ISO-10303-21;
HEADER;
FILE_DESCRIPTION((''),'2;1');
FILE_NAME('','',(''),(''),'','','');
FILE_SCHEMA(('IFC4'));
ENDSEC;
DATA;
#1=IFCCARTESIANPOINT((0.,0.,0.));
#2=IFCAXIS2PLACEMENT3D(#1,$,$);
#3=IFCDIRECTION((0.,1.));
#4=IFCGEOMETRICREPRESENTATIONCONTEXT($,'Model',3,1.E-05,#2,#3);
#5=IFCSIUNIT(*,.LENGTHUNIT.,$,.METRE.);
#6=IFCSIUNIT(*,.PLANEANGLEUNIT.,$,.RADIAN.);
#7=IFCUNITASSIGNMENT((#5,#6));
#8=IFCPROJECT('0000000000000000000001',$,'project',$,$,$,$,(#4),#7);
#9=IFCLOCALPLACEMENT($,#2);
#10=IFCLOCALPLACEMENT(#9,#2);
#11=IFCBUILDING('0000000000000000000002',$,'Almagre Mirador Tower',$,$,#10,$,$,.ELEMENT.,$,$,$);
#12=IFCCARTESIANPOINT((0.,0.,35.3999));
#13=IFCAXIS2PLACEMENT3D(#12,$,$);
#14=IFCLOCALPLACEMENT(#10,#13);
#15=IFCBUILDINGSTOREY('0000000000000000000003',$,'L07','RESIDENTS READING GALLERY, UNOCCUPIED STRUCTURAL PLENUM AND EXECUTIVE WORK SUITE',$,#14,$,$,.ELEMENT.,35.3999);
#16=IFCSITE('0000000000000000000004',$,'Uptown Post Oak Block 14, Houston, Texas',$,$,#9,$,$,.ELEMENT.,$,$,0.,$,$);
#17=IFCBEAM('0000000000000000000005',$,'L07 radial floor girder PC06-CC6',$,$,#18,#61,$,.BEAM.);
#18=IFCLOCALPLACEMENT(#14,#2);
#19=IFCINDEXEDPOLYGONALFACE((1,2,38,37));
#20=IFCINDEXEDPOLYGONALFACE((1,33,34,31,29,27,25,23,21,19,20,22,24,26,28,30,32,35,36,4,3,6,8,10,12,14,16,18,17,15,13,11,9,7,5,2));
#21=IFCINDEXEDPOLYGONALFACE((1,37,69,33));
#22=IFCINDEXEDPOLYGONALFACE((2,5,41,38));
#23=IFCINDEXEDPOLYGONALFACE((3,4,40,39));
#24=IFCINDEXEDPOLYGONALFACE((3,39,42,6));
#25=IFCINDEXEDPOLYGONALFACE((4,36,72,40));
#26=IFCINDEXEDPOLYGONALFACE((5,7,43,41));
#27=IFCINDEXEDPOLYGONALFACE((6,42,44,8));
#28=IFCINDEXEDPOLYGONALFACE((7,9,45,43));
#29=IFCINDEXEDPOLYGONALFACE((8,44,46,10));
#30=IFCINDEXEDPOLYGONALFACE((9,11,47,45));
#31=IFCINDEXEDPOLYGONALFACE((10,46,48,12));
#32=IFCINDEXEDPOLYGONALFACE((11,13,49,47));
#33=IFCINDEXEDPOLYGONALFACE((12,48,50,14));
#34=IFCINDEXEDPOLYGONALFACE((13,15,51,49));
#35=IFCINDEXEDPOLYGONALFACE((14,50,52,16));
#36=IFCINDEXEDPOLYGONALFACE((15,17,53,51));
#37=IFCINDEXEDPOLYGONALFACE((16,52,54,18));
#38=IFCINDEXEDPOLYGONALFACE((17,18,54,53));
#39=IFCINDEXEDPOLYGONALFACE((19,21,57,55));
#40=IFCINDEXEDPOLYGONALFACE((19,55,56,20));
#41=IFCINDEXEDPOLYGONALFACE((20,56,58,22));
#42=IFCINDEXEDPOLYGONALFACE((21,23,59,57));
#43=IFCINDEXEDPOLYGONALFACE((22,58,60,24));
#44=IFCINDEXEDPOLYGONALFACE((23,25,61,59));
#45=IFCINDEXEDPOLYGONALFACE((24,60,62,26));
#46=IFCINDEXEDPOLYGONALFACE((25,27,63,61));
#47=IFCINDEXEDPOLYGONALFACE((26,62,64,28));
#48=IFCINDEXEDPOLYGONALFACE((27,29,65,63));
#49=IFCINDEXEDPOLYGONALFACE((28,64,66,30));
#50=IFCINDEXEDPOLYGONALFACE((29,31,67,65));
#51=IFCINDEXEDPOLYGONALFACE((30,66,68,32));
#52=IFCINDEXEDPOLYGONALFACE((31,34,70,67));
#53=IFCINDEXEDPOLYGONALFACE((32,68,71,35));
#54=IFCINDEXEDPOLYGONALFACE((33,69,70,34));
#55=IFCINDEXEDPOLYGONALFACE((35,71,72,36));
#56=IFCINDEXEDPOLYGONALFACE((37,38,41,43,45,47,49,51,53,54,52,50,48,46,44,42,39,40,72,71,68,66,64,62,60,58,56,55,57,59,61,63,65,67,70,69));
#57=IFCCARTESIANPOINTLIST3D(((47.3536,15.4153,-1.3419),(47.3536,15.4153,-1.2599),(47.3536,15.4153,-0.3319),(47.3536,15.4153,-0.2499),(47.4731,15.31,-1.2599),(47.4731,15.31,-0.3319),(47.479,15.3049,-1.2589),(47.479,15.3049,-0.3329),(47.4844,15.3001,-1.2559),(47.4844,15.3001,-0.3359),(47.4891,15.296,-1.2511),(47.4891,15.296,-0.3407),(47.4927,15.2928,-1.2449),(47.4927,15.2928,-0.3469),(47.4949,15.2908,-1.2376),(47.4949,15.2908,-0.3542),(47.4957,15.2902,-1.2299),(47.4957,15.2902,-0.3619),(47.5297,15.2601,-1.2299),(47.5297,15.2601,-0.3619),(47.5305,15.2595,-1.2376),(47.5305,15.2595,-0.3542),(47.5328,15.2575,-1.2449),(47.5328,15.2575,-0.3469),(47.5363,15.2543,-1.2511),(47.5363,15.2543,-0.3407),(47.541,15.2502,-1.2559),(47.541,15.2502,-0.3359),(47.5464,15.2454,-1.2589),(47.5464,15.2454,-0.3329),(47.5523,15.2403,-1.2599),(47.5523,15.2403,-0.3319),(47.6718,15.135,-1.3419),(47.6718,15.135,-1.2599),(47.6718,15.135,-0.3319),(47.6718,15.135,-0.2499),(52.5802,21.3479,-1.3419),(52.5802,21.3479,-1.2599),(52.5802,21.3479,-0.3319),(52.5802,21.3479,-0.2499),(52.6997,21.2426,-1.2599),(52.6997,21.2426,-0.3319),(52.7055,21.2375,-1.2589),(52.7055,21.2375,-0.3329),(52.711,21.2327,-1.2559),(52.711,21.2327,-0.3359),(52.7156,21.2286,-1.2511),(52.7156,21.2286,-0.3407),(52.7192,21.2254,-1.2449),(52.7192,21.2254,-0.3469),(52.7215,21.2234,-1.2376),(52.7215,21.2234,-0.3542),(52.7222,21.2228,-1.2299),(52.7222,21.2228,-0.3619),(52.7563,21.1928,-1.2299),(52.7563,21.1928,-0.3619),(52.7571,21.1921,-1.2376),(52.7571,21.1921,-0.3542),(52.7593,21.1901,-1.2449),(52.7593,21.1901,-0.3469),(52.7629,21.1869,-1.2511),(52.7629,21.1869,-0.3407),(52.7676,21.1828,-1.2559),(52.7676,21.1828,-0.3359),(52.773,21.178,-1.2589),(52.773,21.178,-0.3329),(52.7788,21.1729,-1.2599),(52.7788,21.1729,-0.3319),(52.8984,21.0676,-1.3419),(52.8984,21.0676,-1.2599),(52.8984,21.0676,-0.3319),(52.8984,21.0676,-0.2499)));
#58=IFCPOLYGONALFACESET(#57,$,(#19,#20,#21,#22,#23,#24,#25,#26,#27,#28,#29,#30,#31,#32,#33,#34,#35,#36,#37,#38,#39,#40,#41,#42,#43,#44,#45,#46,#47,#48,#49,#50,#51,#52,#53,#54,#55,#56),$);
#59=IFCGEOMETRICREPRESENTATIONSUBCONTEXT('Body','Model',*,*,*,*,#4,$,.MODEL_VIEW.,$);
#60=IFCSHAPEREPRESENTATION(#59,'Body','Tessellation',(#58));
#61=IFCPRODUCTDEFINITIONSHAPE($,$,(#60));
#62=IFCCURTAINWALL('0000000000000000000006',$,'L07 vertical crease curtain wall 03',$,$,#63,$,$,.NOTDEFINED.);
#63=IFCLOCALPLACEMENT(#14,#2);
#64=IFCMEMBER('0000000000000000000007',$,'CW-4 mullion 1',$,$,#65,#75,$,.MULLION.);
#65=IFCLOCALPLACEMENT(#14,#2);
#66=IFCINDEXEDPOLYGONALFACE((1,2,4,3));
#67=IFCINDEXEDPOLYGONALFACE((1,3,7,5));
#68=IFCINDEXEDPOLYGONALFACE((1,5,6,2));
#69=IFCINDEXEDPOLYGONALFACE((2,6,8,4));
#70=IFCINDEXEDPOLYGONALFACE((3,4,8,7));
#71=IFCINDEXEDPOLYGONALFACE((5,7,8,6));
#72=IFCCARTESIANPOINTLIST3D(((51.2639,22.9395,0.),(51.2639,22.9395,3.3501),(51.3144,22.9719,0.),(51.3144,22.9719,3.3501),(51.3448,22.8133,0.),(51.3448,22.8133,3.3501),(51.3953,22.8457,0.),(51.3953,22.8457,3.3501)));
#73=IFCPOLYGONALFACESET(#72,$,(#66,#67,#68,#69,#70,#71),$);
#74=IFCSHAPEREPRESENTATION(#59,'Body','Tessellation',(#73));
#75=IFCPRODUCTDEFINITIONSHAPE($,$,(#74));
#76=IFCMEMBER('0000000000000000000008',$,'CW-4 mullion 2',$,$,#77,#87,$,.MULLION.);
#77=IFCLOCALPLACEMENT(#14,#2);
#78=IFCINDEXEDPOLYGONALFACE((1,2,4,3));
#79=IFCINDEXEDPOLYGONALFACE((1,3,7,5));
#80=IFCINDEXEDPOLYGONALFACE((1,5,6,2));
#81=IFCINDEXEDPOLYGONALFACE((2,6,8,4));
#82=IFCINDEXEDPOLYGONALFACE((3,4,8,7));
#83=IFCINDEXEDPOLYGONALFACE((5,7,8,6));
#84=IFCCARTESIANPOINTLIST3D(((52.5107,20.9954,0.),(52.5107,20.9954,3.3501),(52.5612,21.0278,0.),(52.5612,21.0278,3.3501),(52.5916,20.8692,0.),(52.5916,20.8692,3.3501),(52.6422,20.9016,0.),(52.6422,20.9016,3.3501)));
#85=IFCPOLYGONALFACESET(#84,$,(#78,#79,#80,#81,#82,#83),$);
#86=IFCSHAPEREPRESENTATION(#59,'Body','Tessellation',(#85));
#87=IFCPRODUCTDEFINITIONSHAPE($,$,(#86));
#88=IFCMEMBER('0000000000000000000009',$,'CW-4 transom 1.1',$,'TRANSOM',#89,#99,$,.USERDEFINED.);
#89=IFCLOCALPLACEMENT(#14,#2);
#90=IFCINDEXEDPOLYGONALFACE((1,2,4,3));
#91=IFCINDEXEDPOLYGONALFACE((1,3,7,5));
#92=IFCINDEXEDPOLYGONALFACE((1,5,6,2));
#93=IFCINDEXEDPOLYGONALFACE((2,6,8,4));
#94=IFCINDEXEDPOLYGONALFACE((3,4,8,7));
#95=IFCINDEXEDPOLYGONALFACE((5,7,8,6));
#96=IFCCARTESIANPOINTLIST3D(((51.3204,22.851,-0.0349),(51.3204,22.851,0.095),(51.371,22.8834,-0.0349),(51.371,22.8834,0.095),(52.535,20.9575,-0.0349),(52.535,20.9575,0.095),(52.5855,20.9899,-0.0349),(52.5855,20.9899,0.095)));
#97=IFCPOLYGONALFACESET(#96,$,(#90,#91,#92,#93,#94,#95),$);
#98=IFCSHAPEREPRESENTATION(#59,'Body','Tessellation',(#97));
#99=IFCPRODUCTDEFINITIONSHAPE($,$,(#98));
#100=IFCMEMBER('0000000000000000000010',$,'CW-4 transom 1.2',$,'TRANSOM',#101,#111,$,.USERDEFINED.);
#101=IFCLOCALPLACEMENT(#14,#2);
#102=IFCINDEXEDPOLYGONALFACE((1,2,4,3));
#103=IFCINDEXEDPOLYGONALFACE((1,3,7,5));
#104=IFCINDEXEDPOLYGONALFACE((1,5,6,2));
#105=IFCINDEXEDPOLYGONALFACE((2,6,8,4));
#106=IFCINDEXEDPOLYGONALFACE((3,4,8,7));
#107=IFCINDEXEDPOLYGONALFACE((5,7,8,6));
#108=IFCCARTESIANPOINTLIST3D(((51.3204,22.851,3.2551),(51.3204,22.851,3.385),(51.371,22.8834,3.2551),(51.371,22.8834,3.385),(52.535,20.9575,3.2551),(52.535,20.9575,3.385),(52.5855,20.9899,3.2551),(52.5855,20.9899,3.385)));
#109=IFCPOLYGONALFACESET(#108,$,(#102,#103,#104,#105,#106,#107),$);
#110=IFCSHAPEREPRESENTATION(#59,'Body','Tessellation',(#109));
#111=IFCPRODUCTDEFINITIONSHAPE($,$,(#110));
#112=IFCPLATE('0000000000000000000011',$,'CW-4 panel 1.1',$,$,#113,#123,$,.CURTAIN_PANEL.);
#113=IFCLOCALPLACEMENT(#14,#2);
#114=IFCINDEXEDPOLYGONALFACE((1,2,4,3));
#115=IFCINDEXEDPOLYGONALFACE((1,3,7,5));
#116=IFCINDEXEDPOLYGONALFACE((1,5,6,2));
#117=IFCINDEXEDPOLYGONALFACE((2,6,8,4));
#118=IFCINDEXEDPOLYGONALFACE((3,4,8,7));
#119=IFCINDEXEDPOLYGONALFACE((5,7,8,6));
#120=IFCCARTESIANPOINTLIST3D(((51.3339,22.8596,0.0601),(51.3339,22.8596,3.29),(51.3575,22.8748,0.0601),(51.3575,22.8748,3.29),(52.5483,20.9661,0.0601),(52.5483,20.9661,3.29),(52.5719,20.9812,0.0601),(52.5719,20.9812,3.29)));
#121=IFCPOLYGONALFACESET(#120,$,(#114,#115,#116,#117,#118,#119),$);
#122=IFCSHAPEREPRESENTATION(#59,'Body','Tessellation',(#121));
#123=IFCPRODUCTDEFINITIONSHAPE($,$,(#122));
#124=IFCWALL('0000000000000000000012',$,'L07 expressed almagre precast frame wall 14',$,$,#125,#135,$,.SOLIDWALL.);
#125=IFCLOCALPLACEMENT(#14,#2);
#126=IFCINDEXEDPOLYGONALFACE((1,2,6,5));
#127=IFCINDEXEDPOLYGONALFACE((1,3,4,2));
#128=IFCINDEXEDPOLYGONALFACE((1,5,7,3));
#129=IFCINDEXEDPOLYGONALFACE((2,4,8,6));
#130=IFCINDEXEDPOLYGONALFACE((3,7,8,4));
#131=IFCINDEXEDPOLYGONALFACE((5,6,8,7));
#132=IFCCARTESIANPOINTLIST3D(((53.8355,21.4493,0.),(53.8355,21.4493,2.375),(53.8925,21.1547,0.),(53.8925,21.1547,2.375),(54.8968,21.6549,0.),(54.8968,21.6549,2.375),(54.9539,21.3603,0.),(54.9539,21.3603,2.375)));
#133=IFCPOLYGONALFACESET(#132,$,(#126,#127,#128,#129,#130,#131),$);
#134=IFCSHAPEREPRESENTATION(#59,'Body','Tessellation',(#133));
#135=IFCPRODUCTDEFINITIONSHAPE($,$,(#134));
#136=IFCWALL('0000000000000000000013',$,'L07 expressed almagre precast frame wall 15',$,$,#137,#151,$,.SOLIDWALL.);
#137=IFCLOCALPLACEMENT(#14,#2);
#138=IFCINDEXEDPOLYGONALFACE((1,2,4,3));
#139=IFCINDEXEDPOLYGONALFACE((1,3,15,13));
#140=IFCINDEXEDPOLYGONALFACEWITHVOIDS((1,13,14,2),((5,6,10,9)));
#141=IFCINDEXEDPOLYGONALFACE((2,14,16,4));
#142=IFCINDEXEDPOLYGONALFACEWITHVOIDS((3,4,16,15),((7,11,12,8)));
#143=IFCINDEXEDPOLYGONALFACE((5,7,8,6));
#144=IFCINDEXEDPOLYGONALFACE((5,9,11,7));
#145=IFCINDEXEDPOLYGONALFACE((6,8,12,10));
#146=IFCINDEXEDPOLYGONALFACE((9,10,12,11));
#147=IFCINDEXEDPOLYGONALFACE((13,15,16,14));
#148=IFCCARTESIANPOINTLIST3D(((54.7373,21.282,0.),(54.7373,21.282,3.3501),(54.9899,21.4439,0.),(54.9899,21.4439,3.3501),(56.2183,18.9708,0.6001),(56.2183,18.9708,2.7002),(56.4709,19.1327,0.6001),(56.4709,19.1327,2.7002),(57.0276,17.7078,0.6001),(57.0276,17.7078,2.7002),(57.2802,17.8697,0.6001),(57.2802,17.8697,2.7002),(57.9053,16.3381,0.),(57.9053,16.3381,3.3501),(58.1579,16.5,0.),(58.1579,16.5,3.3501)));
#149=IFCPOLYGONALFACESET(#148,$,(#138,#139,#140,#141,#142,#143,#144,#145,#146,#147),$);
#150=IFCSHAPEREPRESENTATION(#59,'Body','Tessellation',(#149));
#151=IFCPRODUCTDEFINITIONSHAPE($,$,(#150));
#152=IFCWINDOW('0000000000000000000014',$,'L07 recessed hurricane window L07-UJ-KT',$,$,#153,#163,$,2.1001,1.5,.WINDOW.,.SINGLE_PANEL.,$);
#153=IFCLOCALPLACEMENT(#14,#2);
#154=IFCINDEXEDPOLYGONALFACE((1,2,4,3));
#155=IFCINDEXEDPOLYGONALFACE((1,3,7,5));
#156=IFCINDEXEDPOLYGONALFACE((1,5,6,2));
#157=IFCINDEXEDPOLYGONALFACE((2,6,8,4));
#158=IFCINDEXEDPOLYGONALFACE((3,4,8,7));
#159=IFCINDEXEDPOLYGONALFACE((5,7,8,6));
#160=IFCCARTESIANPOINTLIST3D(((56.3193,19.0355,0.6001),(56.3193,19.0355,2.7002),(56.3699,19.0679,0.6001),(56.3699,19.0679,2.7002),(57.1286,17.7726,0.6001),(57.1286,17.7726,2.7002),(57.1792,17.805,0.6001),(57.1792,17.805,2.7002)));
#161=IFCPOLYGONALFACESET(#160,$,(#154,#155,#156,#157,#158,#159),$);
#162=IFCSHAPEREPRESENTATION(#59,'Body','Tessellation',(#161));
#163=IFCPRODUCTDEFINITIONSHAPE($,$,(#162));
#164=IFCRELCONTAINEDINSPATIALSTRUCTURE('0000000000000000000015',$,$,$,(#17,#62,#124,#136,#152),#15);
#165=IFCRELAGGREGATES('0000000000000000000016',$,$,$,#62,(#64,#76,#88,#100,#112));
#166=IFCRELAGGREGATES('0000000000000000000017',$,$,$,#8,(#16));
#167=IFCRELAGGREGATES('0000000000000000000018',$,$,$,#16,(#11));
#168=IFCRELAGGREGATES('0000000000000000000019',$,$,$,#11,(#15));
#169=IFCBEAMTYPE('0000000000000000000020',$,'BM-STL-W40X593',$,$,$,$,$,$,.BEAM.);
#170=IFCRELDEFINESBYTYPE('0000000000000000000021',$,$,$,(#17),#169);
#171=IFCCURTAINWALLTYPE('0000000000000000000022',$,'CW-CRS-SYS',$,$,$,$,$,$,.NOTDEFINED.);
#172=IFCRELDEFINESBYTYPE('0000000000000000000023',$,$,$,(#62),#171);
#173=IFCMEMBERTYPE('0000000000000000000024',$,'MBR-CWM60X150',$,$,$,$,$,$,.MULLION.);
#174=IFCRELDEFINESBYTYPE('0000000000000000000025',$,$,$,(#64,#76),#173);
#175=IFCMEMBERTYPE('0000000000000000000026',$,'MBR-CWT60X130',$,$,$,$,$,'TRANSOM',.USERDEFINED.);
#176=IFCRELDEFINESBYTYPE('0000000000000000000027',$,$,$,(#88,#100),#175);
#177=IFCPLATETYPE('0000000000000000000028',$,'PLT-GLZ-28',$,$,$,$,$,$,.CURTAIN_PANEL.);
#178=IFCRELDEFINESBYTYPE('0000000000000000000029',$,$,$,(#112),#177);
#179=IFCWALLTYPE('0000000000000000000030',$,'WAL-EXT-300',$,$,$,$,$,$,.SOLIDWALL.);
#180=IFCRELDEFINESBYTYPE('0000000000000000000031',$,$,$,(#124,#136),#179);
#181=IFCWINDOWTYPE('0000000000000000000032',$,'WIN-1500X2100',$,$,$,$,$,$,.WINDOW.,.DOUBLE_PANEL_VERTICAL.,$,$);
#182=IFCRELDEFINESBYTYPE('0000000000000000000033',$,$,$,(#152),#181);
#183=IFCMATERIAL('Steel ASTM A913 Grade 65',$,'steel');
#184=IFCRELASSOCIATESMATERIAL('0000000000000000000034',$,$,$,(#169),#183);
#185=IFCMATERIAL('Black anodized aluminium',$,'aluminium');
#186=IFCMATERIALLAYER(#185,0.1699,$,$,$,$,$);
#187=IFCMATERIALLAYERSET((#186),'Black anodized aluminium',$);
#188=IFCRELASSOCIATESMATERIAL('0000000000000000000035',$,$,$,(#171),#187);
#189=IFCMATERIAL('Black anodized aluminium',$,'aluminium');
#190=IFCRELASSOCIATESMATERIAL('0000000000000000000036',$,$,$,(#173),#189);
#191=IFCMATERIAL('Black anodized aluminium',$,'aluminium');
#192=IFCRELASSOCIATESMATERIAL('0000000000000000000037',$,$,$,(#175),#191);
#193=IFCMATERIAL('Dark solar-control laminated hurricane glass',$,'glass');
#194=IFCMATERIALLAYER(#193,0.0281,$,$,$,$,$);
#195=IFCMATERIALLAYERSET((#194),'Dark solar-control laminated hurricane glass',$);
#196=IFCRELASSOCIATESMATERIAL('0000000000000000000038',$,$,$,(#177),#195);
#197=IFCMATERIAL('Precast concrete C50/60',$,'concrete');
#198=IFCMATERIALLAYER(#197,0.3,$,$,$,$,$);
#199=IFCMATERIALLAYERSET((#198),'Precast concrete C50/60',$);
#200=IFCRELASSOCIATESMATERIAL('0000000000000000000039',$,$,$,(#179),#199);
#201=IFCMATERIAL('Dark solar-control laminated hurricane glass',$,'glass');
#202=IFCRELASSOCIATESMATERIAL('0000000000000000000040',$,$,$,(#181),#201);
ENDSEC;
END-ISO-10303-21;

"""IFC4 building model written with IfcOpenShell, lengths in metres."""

from ifc_helpers import new_model, si_unit, direction, frame, frame_2d, origin, origin_2d, place, context, subcontext, project, spatial, rectangle, i_section, extrude, material, layer, layer_set, material_profile, profile_set, type_object, element, fill, aggregate, save


model = new_model("IFC4")

# Units and contexts
model_context = context("Model", 3, precision=1e-05, world=origin(), true_north=direction((0.0, 1.0)))
body_context = subcontext(model_context, "Body", "Model", "MODEL_VIEW")
ifc_project = project(units=[si_unit("LENGTHUNIT", "METRE"), si_unit("PLANEANGLEUNIT", "RADIAN")], contexts=[model_context])

# Site, building, storey
site_placement = place(None, origin())
site = spatial("IfcSite", under=ifc_project, at=site_placement, Name="Uptown Post Oak Block 14, Houston, Texas", CompositionType="ELEMENT", RefElevation=0.0)
building_placement = place(site_placement, origin())
building = spatial("IfcBuilding", under=site, at=building_placement, Name="Almagre Mirador Tower", CompositionType="ELEMENT")
storey_placement = place(building_placement, frame((0.0, 0.0, 35.3999)))
storey = spatial("IfcBuildingStorey", under=building, at=storey_placement, Name="L07", Description="RESIDENTS READING GALLERY, UNOCCUPIED STRUCTURAL PLENUM AND EXECUTIVE WORK SUITE", CompositionType="ELEMENT", Elevation=35.3999)

# Beam
ifc_material_1 = material(Name="Steel ASTM A913 Grade 65", Category="steel")
ifc_material_profile_1 = material_profile(ifc_material_1, i_section(OverallWidth=0.4241, OverallDepth=1.092, WebThickness=0.0454, FlangeThickness=0.082, FilletRadius=0.03, at=origin_2d()), Name="W40X593")
ifc_profile_set_1 = profile_set([ifc_material_profile_1], Name="Steel ASTM A913 Grade 65")
beam_type_1 = type_object("IfcBeamType", Name="BM-STL-W40X593", PredefinedType="BEAM", material=ifc_profile_set_1)
beam_1_placement = place(storey_placement, frame((52.7393, 21.2078, -0.7959), z_axis=(-0.661045, -0.750346, 0.0), x_axis=(0.750346, -0.661045, 0.0)))
element("IfcBeam", 1, at=beam_1_placement, inside=storey, type_object=beam_type_1, Name="L07 radial floor girder PC06-CC6", PredefinedType="BEAM", context=body_context, shape_type="SweptSolid", body=[
    extrude(i_section(OverallWidth=0.4241, OverallDepth=1.092, WebThickness=0.0454, FlangeThickness=0.082, FilletRadius=0.03, at=origin_2d()), origin(), (0.0, 0.0, 1.0), 7.9065),
])

# Curtain wall, members, plate
ifc_material_2 = material(Name="Black anodized aluminium", Category="aluminium")
ifc_layer_1 = layer(ifc_material_2, 0.1699)
ifc_layer_set_1 = layer_set([ifc_layer_1], Name="Black anodized aluminium")
curtain_wall_type = type_object("IfcCurtainWallType", Name="CW-CRS-SYS", PredefinedType="NOTDEFINED", material=ifc_layer_set_1)
curtain_wall_placement = place(storey_placement, origin())
curtain_wall = element("IfcCurtainWall", 2, at=curtain_wall_placement, inside=storey, type_object=curtain_wall_type, Name="L07 vertical crease curtain wall 03", PredefinedType="NOTDEFINED")
ifc_material_3 = material(Name="Black anodized aluminium", Category="aluminium")
ifc_material_profile_2 = material_profile(ifc_material_3, rectangle(XDim=0.0601, YDim=0.1499, at=origin_2d()), Name="CWM60X150")
ifc_profile_set_2 = profile_set([ifc_material_profile_2], Name="Black anodized aluminium")
member_type_1 = type_object("IfcMemberType", Name="MBR-CWM60X150", PredefinedType="MULLION", material=ifc_profile_set_2)
member_1_placement = place(storey_placement, frame((51.3296, 22.8926, 0.0), z_axis=(0.0, 0.0, 1.0), x_axis=(0.841762, 0.539849, 0.0)))
member_1 = element("IfcMember", 3, at=member_1_placement, type_object=member_type_1, Name="CW-4 mullion 1", PredefinedType="MULLION", context=body_context, shape_type="SweptSolid", body=[
    extrude(rectangle(XDim=0.0601, YDim=0.1499, at=origin_2d()), origin(), (0.0, 0.0, 1.0), 3.3501),
])
member_2_placement = place(storey_placement, frame((52.5764, 20.9485, 0.0), z_axis=(0.0, 0.0, 1.0), x_axis=(0.841762, 0.539849, 0.0)))
member_2 = element("IfcMember", 4, at=member_2_placement, type_object=member_type_1, Name="CW-4 mullion 2", PredefinedType="MULLION", context=body_context, shape_type="SweptSolid", body=[
    extrude(rectangle(XDim=0.0601, YDim=0.1499, at=origin_2d()), origin(), (0.0, 0.0, 1.0), 3.3501),
])
ifc_material_4 = material(Name="Black anodized aluminium", Category="aluminium")
ifc_material_profile_3 = material_profile(ifc_material_4, rectangle(XDim=0.0601, YDim=0.1299, at=origin_2d()), Name="CWT60X130")
ifc_profile_set_3 = profile_set([ifc_material_profile_3], Name="Black anodized aluminium")
member_type_2 = type_object("IfcMemberType", Name="MBR-CWT60X130", ElementType="TRANSOM", PredefinedType="USERDEFINED", material=ifc_profile_set_3)
member_3_placement = place(storey_placement, frame((51.3457, 22.8672, 0.03), z_axis=(0.539913, -0.841721, 0.0), x_axis=(0.841721, 0.539913, 0.0)))
member_3 = element("IfcMember", 5, at=member_3_placement, type_object=member_type_2, Name="CW-4 transom 1.1", ObjectType="TRANSOM", PredefinedType="USERDEFINED", context=body_context, shape_type="SweptSolid", body=[
    extrude(rectangle(XDim=0.0601, YDim=0.1299, at=origin_2d()), origin(), (0.0, 0.0, 1.0), 2.2495),
])
member_4_placement = place(storey_placement, frame((51.3457, 22.8672, 3.3201), z_axis=(0.539913, -0.841721, 0.0), x_axis=(0.841721, 0.539913, 0.0)))
member_4 = element("IfcMember", 6, at=member_4_placement, type_object=member_type_2, Name="CW-4 transom 1.2", ObjectType="TRANSOM", PredefinedType="USERDEFINED", context=body_context, shape_type="SweptSolid", body=[
    extrude(rectangle(XDim=0.0601, YDim=0.1299, at=origin_2d()), origin(), (0.0, 0.0, 1.0), 2.2495),
])
ifc_material_5 = material(Name="Dark solar-control laminated hurricane glass", Category="glass")
ifc_layer_2 = layer(ifc_material_5, 0.0281)
ifc_layer_set_2 = layer_set([ifc_layer_2], Name="Dark solar-control laminated hurricane glass")
plate_type = type_object("IfcPlateType", Name="PLT-GLZ-28", PredefinedType="CURTAIN_PANEL", material=ifc_layer_set_2)
plate_placement = place(storey_placement, frame((51.9529, 21.9204, 0.0601), z_axis=(0.0, 0.0, 1.0), x_axis=(0.539849, -0.841762, 0.0)))
plate = element("IfcPlate", 7, at=plate_placement, type_object=plate_type, Name="CW-4 panel 1.1", PredefinedType="CURTAIN_PANEL", context=body_context, shape_type="SweptSolid", body=[
    extrude(rectangle(XDim=2.2495, YDim=0.0281, at=origin_2d()), origin(), (0.0, 0.0, 1.0), 3.23),
])
aggregate(curtain_wall, [member_1, member_2, member_3, member_4, plate])

# Wall
ifc_material_6 = material(Name="Precast concrete C50/60", Category="concrete")
ifc_layer_3 = layer(ifc_material_6, 0.3)
ifc_layer_set_3 = layer_set([ifc_layer_3], Name="Precast concrete C50/60")
wall_type_1 = type_object("IfcWallType", Name="WAL-EXT-300", PredefinedType="SOLIDWALL", material=ifc_layer_set_3)
wall_1_placement = place(storey_placement, frame((53.864, 21.302, 0.0), z_axis=(0.0, 0.0, 1.0), x_axis=(0.981753, 0.190162, 0.0)))
element("IfcWall", 8, at=wall_1_placement, inside=storey, type_object=wall_type_1, Name="L07 expressed almagre precast frame wall 14", PredefinedType="SOLIDWALL", context=body_context, shape_type="SweptSolid", body=[
    extrude(rectangle(XDim=1.0811, YDim=0.3, at=frame_2d((0.5405, 0.0))), origin(), (0.0, 0.0, 1.0), 2.375),
])

# Wall, opening, window
wall_2_placement = place(storey_placement, frame((54.8635, 21.363, 0.0), z_axis=(0.0, 0.0, 1.0), x_axis=(0.539526, -0.841969, 0.0)))
wall_2 = element("IfcWall", 9, at=wall_2_placement, inside=storey, type_object=wall_type_1, Name="L07 expressed almagre precast frame wall 15", PredefinedType="SOLIDWALL", context=body_context, shape_type="SweptSolid", body=[
    extrude(rectangle(XDim=5.8718, YDim=0.3, at=frame_2d((2.936, 0.0))), origin(), (0.0, 0.0, 1.0), 3.3501),
])
opening_1_placement = place(wall_2_placement, frame((2.7451, 0.0, 0.6001)))
opening_1 = element("IfcOpeningElement", 10, at=opening_1_placement, cuts=wall_2, PredefinedType="OPENING", context=body_context, shape_type="SweptSolid", body=[
    extrude(rectangle(XDim=1.5, YDim=2.1001, at=frame_2d((0.75, 1.05))), frame((0.0, 0.1599, 0.0), z_axis=(0.0, -1.0, 0.0), x_axis=(1.0, 0.0, 0.0)), (0.0, 0.0, 1.0), 0.32),
])
ifc_material_7 = material(Name="Dark solar-control laminated hurricane glass", Category="glass")
window_type_1 = type_object("IfcWindowType", Name="WIN-1500X2100", PartitioningType="DOUBLE_PANEL_VERTICAL", PredefinedType="WINDOW", material=ifc_material_7)
window_1_placement = place(opening_1_placement, origin())
window_1 = element("IfcWindow", 11, at=window_1_placement, inside=storey, type_object=window_type_1, Name="L07 recessed hurricane window L07-UJ-KT", OverallHeight=2.1001, OverallWidth=1.5, PartitioningType="SINGLE_PANEL", PredefinedType="WINDOW", context=body_context, shape_type="SweptSolid", body=[
    extrude(rectangle(XDim=1.5, YDim=2.1001, at=frame_2d((0.75, 1.05))), frame((0.0, 0.03, 0.0), z_axis=(0.0, -1.0, 0.0), x_axis=(1.0, 0.0, 0.0)), (0.0, 0.0, 1.0), 0.0601),
])
fill(opening_1, window_1)

save(model, "model.ifc")
